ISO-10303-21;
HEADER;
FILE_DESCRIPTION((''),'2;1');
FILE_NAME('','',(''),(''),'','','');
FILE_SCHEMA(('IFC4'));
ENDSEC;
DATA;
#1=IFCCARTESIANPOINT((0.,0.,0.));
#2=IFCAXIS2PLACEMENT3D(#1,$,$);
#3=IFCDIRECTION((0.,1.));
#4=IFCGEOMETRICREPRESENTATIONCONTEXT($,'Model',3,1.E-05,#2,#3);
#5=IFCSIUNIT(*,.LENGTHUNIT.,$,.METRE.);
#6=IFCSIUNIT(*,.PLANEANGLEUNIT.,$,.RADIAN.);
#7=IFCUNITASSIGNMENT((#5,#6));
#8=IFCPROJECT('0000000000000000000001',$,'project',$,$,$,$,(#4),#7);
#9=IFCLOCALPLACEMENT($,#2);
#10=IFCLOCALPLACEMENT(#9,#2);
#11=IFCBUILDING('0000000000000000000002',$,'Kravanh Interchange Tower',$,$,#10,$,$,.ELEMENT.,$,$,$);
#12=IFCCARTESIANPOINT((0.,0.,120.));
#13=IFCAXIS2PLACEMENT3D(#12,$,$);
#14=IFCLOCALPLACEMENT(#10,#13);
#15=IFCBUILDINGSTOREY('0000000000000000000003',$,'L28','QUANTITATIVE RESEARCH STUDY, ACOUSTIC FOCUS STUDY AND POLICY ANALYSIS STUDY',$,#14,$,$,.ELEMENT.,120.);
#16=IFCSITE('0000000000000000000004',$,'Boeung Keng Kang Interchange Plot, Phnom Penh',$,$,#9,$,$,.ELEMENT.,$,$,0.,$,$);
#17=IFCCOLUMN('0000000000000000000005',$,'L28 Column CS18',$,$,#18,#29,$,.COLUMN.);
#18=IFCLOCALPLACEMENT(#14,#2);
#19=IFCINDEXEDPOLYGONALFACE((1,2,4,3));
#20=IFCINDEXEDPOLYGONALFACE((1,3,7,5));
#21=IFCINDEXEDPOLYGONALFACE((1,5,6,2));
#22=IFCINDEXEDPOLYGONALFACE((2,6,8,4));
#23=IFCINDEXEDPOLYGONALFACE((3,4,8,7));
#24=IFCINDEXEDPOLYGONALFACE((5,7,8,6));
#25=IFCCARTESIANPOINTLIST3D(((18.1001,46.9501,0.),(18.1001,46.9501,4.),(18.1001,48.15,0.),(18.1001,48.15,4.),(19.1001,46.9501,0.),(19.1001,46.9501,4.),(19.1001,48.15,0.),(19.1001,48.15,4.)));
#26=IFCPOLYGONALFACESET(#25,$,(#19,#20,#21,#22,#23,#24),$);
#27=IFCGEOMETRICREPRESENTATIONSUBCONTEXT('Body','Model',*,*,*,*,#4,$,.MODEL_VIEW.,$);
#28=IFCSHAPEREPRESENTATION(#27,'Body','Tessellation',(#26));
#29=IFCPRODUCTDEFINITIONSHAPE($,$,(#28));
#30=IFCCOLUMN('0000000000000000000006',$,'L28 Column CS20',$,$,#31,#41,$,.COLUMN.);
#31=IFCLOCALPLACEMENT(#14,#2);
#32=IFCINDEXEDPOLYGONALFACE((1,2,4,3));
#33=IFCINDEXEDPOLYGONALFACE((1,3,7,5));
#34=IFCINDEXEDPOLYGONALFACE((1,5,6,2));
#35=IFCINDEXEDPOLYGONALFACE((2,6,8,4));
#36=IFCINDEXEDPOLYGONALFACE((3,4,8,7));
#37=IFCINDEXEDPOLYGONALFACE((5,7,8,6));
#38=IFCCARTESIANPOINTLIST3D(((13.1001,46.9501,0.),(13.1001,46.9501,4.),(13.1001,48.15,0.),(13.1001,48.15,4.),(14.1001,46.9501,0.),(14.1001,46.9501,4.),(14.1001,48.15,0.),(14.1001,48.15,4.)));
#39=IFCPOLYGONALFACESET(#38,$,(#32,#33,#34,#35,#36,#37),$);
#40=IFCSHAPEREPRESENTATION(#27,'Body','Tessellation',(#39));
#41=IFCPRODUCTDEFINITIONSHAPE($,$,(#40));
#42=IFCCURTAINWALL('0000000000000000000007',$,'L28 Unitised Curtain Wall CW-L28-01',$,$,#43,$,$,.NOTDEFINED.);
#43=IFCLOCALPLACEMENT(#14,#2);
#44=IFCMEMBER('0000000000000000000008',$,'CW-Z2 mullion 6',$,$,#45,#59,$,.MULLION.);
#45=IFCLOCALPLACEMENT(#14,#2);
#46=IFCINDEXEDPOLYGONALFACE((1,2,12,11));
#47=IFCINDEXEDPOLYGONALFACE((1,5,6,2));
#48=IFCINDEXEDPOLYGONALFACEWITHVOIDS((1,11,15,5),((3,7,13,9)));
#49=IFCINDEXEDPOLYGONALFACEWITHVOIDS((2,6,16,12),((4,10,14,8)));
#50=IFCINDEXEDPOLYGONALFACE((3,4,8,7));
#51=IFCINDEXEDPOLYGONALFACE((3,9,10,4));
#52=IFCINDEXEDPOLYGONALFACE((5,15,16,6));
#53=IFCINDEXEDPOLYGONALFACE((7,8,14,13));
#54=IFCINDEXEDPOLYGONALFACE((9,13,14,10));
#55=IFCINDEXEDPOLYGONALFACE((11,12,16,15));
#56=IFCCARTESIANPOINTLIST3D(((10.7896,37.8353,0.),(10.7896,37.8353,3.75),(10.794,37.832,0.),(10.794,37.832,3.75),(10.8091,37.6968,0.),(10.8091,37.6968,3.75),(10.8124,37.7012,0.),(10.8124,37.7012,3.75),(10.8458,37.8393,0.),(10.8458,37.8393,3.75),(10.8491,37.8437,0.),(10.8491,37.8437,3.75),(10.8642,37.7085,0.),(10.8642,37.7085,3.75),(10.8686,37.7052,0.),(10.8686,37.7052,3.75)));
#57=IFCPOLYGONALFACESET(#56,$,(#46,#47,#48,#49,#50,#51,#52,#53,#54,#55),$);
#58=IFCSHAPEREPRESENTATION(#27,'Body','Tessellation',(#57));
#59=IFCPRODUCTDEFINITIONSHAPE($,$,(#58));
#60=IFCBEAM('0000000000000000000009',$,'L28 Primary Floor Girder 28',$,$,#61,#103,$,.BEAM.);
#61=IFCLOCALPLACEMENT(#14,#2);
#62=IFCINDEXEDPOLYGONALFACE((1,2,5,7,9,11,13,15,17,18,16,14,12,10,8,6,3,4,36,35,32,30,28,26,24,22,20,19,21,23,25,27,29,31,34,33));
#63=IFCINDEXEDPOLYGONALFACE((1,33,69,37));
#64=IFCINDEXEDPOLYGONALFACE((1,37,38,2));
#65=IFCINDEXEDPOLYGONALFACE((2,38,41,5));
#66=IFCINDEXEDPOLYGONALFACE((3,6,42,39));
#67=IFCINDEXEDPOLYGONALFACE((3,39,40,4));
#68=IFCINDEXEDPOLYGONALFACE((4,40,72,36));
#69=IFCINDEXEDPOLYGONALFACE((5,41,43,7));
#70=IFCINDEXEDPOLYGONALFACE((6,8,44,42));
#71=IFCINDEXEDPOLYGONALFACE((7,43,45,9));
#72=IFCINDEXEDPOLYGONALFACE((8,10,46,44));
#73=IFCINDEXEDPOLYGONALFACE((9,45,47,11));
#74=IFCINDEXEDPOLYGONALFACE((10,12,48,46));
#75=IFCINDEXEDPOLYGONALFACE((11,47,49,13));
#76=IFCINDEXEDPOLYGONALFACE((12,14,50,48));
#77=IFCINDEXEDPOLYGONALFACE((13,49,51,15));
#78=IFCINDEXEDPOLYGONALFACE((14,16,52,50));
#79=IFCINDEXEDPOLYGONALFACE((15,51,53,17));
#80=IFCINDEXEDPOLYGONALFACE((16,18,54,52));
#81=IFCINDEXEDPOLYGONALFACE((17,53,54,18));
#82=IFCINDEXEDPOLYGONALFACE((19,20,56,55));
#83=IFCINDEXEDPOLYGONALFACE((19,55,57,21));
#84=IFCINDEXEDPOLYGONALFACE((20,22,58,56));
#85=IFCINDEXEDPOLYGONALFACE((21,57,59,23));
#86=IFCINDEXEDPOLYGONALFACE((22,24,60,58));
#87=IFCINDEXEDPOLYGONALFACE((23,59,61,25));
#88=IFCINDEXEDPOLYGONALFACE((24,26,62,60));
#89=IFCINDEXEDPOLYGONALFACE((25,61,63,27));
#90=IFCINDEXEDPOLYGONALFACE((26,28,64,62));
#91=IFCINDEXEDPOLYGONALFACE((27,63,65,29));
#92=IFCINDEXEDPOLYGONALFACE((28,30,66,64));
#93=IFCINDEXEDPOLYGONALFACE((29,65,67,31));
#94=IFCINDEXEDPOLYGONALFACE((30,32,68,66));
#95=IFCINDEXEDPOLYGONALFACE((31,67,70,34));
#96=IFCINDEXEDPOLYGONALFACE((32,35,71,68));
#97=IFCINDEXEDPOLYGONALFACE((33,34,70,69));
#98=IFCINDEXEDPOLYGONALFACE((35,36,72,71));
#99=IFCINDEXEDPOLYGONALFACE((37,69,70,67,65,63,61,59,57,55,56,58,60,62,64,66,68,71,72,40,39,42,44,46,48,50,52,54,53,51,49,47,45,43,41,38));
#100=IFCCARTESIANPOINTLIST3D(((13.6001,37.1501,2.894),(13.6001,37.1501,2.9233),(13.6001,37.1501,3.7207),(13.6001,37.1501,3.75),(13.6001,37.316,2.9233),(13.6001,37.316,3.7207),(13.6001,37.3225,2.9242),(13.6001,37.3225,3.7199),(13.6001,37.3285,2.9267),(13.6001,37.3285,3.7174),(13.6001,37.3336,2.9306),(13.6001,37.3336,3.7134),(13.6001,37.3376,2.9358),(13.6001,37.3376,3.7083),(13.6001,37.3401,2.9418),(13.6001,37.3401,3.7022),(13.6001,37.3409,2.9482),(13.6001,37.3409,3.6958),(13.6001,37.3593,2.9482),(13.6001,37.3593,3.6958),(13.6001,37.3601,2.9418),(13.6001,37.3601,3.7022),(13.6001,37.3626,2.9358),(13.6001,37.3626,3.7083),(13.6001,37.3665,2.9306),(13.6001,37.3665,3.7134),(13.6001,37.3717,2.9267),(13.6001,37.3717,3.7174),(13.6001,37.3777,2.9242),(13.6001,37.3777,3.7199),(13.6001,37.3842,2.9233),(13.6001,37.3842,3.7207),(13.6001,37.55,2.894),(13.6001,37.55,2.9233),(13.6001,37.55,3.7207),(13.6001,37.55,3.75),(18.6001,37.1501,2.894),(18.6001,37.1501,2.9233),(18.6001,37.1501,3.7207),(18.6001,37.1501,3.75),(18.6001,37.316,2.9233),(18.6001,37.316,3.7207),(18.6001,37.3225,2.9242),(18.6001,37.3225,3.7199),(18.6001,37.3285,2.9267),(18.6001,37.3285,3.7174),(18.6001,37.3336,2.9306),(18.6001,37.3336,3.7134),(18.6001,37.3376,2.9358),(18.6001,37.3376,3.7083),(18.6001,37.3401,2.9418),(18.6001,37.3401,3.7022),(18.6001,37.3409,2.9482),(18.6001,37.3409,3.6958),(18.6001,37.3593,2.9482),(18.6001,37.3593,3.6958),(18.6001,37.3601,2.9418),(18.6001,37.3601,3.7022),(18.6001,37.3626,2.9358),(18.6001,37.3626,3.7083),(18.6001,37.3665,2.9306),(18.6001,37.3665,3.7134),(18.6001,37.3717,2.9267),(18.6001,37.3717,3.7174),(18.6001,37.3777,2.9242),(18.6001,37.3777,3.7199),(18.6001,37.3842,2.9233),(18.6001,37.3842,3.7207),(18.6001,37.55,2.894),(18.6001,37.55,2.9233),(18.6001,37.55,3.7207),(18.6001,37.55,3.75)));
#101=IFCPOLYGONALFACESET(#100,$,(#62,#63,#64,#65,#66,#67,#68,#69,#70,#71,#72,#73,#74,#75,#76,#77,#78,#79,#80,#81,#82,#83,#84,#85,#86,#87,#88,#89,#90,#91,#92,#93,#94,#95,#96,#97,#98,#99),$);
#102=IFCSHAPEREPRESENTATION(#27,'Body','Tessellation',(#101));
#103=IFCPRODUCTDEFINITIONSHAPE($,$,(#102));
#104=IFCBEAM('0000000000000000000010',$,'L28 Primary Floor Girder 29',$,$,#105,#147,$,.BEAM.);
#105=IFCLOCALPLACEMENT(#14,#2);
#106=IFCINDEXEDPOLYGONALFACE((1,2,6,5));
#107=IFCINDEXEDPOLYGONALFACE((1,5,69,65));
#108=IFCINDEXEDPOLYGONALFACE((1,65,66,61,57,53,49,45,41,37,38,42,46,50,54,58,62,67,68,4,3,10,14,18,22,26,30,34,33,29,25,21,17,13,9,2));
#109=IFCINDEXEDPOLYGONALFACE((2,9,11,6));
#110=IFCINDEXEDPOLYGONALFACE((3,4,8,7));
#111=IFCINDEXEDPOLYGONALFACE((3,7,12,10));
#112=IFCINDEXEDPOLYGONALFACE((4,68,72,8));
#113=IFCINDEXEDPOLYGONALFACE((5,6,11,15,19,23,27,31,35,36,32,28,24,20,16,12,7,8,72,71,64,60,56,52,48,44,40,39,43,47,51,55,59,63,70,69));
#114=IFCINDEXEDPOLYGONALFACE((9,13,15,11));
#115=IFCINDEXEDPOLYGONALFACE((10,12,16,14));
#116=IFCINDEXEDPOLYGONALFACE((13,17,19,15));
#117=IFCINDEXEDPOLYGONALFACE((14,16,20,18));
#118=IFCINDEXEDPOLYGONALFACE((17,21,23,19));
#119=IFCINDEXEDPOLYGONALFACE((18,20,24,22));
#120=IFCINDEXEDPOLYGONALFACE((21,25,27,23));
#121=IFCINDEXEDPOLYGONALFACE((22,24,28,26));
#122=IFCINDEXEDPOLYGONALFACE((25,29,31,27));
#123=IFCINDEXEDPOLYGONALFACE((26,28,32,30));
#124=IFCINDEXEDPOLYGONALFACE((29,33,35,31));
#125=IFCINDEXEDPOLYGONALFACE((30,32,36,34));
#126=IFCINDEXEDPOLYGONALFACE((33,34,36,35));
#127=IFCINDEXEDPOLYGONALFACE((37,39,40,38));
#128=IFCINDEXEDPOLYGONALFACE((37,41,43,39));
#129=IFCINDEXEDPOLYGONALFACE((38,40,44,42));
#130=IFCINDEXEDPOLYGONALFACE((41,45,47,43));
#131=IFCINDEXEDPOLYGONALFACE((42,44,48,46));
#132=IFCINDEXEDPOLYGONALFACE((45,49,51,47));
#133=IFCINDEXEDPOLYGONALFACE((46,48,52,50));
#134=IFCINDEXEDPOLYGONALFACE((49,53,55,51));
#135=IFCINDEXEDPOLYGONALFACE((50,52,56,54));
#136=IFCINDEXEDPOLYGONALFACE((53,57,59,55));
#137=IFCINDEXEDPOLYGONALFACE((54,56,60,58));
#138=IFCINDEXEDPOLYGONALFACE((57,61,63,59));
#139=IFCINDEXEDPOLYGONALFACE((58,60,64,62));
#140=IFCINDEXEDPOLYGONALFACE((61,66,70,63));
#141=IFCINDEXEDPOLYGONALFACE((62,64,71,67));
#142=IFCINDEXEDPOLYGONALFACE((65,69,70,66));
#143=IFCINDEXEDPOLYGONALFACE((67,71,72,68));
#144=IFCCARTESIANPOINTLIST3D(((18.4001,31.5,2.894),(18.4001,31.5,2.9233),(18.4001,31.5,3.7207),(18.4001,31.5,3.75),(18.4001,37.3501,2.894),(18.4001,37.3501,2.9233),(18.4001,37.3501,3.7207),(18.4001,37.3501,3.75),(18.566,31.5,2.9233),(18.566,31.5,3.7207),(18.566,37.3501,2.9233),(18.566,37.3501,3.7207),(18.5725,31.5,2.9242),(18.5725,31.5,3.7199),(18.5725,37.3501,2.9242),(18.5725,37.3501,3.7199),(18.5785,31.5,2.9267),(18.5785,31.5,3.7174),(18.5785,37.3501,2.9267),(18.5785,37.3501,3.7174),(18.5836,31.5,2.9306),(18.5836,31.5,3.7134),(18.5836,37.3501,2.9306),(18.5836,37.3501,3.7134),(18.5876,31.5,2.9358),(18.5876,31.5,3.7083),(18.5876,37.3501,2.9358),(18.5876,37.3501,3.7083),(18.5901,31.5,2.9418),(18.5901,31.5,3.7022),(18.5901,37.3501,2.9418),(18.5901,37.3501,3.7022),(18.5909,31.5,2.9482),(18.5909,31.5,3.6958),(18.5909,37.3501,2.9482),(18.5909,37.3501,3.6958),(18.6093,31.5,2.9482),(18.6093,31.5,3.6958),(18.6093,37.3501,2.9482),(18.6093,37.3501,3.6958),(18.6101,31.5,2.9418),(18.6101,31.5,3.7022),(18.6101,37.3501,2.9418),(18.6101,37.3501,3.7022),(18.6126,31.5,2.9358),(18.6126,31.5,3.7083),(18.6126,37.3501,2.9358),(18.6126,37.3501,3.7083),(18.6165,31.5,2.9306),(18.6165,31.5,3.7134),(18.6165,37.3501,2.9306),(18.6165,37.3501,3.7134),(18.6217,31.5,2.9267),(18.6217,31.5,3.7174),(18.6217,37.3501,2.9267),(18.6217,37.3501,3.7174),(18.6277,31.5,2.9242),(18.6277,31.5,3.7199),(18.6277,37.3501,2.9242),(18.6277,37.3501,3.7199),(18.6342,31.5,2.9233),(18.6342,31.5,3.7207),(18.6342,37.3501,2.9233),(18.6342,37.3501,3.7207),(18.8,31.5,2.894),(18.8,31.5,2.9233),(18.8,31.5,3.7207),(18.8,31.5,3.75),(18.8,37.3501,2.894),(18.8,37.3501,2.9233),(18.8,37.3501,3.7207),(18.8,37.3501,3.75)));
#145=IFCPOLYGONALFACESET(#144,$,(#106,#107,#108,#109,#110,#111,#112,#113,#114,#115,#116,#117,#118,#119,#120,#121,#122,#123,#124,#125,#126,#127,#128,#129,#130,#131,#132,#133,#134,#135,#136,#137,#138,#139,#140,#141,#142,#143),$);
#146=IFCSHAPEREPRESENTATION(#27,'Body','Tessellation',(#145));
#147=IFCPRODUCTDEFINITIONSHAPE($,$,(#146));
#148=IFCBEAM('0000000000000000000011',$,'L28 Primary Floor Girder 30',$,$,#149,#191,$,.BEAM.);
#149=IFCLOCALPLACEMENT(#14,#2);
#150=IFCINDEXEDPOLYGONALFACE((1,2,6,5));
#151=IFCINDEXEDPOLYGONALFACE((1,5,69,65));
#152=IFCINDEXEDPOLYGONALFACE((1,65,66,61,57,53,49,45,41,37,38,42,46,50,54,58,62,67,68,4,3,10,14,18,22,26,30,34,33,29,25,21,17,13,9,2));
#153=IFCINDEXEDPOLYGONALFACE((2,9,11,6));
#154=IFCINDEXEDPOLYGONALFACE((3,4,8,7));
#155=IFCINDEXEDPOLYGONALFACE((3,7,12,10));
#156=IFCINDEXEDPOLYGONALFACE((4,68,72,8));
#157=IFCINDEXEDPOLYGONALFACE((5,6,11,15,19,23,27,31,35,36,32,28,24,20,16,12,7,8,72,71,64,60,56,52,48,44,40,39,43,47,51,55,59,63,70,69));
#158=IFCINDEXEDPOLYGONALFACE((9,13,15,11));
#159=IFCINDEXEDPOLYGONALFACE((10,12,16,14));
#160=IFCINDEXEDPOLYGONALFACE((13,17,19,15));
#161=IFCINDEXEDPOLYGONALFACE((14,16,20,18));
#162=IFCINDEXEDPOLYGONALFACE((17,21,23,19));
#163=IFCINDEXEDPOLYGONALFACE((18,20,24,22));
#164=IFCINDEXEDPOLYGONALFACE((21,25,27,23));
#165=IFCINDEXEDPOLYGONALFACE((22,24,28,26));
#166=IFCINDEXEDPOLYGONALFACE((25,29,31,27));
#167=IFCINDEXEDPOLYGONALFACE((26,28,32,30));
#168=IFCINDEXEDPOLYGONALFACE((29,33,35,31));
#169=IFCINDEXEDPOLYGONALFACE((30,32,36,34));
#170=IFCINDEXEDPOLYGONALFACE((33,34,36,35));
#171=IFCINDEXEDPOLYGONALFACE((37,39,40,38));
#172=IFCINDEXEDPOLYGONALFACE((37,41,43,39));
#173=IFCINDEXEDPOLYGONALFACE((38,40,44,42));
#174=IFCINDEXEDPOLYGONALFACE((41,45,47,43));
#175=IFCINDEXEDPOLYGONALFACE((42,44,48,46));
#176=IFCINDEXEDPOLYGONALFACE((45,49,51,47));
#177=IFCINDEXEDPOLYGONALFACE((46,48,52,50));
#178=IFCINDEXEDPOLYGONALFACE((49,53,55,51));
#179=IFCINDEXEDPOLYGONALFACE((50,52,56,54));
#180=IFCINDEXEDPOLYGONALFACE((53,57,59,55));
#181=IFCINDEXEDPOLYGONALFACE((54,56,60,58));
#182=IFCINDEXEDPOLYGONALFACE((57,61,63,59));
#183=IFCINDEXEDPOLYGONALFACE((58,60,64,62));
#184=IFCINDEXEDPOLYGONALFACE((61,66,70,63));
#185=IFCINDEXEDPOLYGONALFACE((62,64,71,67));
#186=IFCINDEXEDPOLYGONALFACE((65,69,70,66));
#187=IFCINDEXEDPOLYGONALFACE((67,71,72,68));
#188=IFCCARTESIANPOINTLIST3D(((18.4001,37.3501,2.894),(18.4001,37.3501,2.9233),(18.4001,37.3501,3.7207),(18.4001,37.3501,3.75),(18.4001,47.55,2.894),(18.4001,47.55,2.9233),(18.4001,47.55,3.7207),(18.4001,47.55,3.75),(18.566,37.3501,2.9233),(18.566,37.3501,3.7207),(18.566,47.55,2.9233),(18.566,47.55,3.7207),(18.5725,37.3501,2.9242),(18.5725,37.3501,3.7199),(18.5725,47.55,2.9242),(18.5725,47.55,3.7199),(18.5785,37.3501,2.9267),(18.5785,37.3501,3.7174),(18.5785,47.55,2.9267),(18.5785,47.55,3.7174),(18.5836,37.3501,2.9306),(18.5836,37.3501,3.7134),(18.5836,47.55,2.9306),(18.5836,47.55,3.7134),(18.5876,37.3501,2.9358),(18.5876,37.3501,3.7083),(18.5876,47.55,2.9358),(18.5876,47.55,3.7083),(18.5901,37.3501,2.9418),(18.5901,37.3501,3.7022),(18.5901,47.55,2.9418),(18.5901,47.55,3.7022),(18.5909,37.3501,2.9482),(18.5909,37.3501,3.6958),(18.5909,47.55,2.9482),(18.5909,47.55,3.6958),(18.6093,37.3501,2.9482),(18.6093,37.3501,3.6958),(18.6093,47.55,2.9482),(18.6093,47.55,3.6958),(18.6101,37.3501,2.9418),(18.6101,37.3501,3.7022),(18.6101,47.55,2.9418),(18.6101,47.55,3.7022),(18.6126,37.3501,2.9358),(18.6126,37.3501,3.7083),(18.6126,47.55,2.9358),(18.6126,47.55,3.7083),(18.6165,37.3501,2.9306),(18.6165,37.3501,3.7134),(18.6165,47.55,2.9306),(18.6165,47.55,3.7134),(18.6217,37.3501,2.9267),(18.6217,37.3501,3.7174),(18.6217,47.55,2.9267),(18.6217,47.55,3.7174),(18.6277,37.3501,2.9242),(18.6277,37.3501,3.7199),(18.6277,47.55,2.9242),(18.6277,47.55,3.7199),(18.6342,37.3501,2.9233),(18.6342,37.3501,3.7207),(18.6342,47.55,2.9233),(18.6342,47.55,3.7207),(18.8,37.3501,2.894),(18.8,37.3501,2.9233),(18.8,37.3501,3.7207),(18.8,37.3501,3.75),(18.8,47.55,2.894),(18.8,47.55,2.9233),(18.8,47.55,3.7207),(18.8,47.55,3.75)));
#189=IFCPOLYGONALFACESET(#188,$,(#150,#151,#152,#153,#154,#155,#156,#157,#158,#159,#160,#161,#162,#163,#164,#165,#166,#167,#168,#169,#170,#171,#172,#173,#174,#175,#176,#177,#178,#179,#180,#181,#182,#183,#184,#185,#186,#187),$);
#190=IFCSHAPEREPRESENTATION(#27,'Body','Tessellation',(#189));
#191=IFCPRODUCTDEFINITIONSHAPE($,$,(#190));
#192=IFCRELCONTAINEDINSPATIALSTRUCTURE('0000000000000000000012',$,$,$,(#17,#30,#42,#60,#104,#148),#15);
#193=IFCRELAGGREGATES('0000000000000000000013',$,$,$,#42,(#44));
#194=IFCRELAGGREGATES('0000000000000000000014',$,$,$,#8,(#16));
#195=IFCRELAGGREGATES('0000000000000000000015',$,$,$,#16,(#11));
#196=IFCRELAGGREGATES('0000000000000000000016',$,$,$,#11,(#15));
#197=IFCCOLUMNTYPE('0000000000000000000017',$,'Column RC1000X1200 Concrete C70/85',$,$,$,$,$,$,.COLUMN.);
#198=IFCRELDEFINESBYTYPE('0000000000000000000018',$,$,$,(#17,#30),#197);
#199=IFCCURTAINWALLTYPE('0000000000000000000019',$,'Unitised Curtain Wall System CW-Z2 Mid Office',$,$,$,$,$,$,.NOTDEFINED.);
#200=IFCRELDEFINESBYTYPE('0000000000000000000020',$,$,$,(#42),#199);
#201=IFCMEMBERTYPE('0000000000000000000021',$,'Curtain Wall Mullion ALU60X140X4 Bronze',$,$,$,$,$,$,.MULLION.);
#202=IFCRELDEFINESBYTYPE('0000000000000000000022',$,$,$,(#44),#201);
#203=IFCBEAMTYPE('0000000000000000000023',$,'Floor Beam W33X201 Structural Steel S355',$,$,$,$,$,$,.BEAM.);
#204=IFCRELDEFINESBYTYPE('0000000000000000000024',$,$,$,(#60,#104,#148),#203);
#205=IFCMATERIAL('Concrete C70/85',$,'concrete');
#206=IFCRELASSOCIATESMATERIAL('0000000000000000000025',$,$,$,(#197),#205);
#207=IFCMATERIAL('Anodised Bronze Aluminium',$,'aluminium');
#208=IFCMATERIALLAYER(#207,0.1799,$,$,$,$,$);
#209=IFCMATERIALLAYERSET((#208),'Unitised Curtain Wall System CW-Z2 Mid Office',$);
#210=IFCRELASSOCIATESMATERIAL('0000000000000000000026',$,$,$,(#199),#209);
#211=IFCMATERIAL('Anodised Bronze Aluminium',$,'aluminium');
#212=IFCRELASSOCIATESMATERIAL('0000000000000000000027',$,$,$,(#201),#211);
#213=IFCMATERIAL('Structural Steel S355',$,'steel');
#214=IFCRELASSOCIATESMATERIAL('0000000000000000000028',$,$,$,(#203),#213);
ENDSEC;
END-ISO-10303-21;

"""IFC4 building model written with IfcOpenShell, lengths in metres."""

from ifc_helpers import new_model, si_unit, direction, frame, origin, origin_2d, place, context, subcontext, project, spatial, rectangle, hollow_rectangle, i_section, extrude, material, layer, layer_set, material_profile, profile_set, type_object, element, aggregate, save


model = new_model("IFC4")

# Units and contexts
model_context = context("Model", 3, precision=1e-05, world=origin(), true_north=direction((0.0, 1.0)))
body_context = subcontext(model_context, "Body", "Model", "MODEL_VIEW")
ifc_project = project(units=[si_unit("LENGTHUNIT", "METRE"), si_unit("PLANEANGLEUNIT", "RADIAN")], contexts=[model_context])

# Site, building, storey
site_placement = place(None, origin())
site = spatial("IfcSite", under=ifc_project, at=site_placement, Name="Boeung Keng Kang Interchange Plot, Phnom Penh", CompositionType="ELEMENT", RefElevation=0.0)
building_placement = place(site_placement, origin())
building = spatial("IfcBuilding", under=site, at=building_placement, Name="Kravanh Interchange Tower", CompositionType="ELEMENT")
storey_placement = place(building_placement, frame((0.0, 0.0, 120.0)))
storey = spatial("IfcBuildingStorey", under=building, at=storey_placement, Name="L28", Description="QUANTITATIVE RESEARCH STUDY, ACOUSTIC FOCUS STUDY AND POLICY ANALYSIS STUDY", CompositionType="ELEMENT", Elevation=120.0)

# Columns
ifc_material_1 = material(Name="Concrete C70/85", Category="concrete")
ifc_material_profile_1 = material_profile(ifc_material_1, rectangle(XDim=1.0, YDim=1.2, at=origin_2d()), Name="RC1000X1200")
ifc_profile_set_1 = profile_set([ifc_material_profile_1], Name="Concrete C70/85")
column_type = type_object("IfcColumnType", Name="Column RC1000X1200 Concrete C70/85", PredefinedType="COLUMN", material=ifc_profile_set_1)
for number, where, z_axis, x_axis, name in (
    (1, (18.6001, 47.55, 0.0), (0.0, 0.0, 1.0), (1.0, 0.0, 0.0), "L28 Column CS18"),
    (2, (13.6001, 47.55, 0.0), (0.0, 0.0, 1.0), (1.0, 0.0, 0.0), "L28 Column CS20"),
):
    element("IfcColumn", number, at=place(storey_placement, frame(where, z_axis=z_axis, x_axis=x_axis)), inside=storey, type_object=column_type, Name=name, PredefinedType="COLUMN", context=body_context, shape_type="SweptSolid", body=[
        extrude(rectangle(XDim=1.0, YDim=1.2, at=origin_2d()), origin(), (0.0, 0.0, 1.0), 4.0),
    ])

# Curtain wall, member
ifc_material_2 = material(Name="Anodised Bronze Aluminium", Category="aluminium")
ifc_layer_1 = layer(ifc_material_2, 0.1799)
ifc_layer_set_1 = layer_set([ifc_layer_1], Name="Unitised Curtain Wall System CW-Z2 Mid Office")
curtain_wall_type = type_object("IfcCurtainWallType", Name="Unitised Curtain Wall System CW-Z2 Mid Office", PredefinedType="NOTDEFINED", material=ifc_layer_set_1)
curtain_wall_placement = place(storey_placement, origin())
curtain_wall = element("IfcCurtainWall", 3, at=curtain_wall_placement, inside=storey, type_object=curtain_wall_type, Name="L28 Unitised Curtain Wall CW-L28-01", PredefinedType="NOTDEFINED")
ifc_material_3 = material(Name="Anodised Bronze Aluminium", Category="aluminium")
ifc_material_profile_2 = material_profile(ifc_material_3, hollow_rectangle(XDim=0.0601, YDim=0.1399, WallThickness=0.0039, at=origin_2d()), Name="ALU60X140X4")
ifc_profile_set_2 = profile_set([ifc_material_profile_2], Name="Anodised Bronze Aluminium")
member_type = type_object("IfcMemberType", Name="Curtain Wall Mullion ALU60X140X4 Bronze", PredefinedType="MULLION", material=ifc_profile_set_2)
member_placement = place(storey_placement, frame((10.8291, 37.7703, 0.0), z_axis=(0.0, 0.0, 1.0), x_axis=(-0.990268, -0.139173, 0.0)))
member = element("IfcMember", 4, at=member_placement, type_object=member_type, Name="CW-Z2 mullion 6", PredefinedType="MULLION", context=body_context, shape_type="SweptSolid", body=[
    extrude(hollow_rectangle(XDim=0.0601, YDim=0.1399, WallThickness=0.0039, at=origin_2d()), origin(), (0.0, 0.0, 1.0), 3.75),
])
aggregate(curtain_wall, [member])

# Beams
ifc_material_4 = material(Name="Structural Steel S355", Category="steel")
ifc_material_profile_3 = material_profile(ifc_material_4, i_section(OverallWidth=0.3999, OverallDepth=0.856, WebThickness=0.0183, FlangeThickness=0.0293, FilletRadius=0.0249, at=origin_2d()), Name="W33X201")
ifc_profile_set_3 = profile_set([ifc_material_profile_3], Name="Structural Steel S355")
beam_type = type_object("IfcBeamType", Name="Floor Beam W33X201 Structural Steel S355", PredefinedType="BEAM", material=ifc_profile_set_3)
beam_1_placement = place(storey_placement, frame((18.6001, 37.3501, 3.322), z_axis=(-1.0, 0.0, 0.0), x_axis=(0.0, -1.0, 0.0)))
element("IfcBeam", 5, at=beam_1_placement, inside=storey, type_object=beam_type, Name="L28 Primary Floor Girder 28", PredefinedType="BEAM", context=body_context, shape_type="SweptSolid", body=[
    extrude(i_section(OverallWidth=0.3999, OverallDepth=0.856, WebThickness=0.0183, FlangeThickness=0.0293, FilletRadius=0.0249, at=origin_2d()), origin(), (0.0, 0.0, 1.0), 5.0),
])
beam_2_placement = place(storey_placement, frame((18.6001, 37.3501, 3.322), z_axis=(0.0, -1.0, 0.0), x_axis=(1.0, 0.0, 0.0)))
element("IfcBeam", 6, at=beam_2_placement, inside=storey, type_object=beam_type, Name="L28 Primary Floor Girder 29", PredefinedType="BEAM", context=body_context, shape_type="SweptSolid", body=[
    extrude(i_section(OverallWidth=0.3999, OverallDepth=0.856, WebThickness=0.0183, FlangeThickness=0.0293, FilletRadius=0.0249, at=origin_2d()), origin(), (0.0, 0.0, 1.0), 5.8501),
])
beam_3_placement = place(storey_placement, frame((18.6001, 37.3501, 3.322), z_axis=(0.0, 1.0, 0.0), x_axis=(-1.0, 0.0, 0.0)))
element("IfcBeam", 7, at=beam_3_placement, inside=storey, type_object=beam_type, Name="L28 Primary Floor Girder 30", PredefinedType="BEAM", context=body_context, shape_type="SweptSolid", body=[
    extrude(i_section(OverallWidth=0.3999, OverallDepth=0.856, WebThickness=0.0183, FlangeThickness=0.0293, FilletRadius=0.0249, at=origin_2d()), origin(), (0.0, 0.0, 1.0), 10.2),
])

save(model, "model.ifc")
